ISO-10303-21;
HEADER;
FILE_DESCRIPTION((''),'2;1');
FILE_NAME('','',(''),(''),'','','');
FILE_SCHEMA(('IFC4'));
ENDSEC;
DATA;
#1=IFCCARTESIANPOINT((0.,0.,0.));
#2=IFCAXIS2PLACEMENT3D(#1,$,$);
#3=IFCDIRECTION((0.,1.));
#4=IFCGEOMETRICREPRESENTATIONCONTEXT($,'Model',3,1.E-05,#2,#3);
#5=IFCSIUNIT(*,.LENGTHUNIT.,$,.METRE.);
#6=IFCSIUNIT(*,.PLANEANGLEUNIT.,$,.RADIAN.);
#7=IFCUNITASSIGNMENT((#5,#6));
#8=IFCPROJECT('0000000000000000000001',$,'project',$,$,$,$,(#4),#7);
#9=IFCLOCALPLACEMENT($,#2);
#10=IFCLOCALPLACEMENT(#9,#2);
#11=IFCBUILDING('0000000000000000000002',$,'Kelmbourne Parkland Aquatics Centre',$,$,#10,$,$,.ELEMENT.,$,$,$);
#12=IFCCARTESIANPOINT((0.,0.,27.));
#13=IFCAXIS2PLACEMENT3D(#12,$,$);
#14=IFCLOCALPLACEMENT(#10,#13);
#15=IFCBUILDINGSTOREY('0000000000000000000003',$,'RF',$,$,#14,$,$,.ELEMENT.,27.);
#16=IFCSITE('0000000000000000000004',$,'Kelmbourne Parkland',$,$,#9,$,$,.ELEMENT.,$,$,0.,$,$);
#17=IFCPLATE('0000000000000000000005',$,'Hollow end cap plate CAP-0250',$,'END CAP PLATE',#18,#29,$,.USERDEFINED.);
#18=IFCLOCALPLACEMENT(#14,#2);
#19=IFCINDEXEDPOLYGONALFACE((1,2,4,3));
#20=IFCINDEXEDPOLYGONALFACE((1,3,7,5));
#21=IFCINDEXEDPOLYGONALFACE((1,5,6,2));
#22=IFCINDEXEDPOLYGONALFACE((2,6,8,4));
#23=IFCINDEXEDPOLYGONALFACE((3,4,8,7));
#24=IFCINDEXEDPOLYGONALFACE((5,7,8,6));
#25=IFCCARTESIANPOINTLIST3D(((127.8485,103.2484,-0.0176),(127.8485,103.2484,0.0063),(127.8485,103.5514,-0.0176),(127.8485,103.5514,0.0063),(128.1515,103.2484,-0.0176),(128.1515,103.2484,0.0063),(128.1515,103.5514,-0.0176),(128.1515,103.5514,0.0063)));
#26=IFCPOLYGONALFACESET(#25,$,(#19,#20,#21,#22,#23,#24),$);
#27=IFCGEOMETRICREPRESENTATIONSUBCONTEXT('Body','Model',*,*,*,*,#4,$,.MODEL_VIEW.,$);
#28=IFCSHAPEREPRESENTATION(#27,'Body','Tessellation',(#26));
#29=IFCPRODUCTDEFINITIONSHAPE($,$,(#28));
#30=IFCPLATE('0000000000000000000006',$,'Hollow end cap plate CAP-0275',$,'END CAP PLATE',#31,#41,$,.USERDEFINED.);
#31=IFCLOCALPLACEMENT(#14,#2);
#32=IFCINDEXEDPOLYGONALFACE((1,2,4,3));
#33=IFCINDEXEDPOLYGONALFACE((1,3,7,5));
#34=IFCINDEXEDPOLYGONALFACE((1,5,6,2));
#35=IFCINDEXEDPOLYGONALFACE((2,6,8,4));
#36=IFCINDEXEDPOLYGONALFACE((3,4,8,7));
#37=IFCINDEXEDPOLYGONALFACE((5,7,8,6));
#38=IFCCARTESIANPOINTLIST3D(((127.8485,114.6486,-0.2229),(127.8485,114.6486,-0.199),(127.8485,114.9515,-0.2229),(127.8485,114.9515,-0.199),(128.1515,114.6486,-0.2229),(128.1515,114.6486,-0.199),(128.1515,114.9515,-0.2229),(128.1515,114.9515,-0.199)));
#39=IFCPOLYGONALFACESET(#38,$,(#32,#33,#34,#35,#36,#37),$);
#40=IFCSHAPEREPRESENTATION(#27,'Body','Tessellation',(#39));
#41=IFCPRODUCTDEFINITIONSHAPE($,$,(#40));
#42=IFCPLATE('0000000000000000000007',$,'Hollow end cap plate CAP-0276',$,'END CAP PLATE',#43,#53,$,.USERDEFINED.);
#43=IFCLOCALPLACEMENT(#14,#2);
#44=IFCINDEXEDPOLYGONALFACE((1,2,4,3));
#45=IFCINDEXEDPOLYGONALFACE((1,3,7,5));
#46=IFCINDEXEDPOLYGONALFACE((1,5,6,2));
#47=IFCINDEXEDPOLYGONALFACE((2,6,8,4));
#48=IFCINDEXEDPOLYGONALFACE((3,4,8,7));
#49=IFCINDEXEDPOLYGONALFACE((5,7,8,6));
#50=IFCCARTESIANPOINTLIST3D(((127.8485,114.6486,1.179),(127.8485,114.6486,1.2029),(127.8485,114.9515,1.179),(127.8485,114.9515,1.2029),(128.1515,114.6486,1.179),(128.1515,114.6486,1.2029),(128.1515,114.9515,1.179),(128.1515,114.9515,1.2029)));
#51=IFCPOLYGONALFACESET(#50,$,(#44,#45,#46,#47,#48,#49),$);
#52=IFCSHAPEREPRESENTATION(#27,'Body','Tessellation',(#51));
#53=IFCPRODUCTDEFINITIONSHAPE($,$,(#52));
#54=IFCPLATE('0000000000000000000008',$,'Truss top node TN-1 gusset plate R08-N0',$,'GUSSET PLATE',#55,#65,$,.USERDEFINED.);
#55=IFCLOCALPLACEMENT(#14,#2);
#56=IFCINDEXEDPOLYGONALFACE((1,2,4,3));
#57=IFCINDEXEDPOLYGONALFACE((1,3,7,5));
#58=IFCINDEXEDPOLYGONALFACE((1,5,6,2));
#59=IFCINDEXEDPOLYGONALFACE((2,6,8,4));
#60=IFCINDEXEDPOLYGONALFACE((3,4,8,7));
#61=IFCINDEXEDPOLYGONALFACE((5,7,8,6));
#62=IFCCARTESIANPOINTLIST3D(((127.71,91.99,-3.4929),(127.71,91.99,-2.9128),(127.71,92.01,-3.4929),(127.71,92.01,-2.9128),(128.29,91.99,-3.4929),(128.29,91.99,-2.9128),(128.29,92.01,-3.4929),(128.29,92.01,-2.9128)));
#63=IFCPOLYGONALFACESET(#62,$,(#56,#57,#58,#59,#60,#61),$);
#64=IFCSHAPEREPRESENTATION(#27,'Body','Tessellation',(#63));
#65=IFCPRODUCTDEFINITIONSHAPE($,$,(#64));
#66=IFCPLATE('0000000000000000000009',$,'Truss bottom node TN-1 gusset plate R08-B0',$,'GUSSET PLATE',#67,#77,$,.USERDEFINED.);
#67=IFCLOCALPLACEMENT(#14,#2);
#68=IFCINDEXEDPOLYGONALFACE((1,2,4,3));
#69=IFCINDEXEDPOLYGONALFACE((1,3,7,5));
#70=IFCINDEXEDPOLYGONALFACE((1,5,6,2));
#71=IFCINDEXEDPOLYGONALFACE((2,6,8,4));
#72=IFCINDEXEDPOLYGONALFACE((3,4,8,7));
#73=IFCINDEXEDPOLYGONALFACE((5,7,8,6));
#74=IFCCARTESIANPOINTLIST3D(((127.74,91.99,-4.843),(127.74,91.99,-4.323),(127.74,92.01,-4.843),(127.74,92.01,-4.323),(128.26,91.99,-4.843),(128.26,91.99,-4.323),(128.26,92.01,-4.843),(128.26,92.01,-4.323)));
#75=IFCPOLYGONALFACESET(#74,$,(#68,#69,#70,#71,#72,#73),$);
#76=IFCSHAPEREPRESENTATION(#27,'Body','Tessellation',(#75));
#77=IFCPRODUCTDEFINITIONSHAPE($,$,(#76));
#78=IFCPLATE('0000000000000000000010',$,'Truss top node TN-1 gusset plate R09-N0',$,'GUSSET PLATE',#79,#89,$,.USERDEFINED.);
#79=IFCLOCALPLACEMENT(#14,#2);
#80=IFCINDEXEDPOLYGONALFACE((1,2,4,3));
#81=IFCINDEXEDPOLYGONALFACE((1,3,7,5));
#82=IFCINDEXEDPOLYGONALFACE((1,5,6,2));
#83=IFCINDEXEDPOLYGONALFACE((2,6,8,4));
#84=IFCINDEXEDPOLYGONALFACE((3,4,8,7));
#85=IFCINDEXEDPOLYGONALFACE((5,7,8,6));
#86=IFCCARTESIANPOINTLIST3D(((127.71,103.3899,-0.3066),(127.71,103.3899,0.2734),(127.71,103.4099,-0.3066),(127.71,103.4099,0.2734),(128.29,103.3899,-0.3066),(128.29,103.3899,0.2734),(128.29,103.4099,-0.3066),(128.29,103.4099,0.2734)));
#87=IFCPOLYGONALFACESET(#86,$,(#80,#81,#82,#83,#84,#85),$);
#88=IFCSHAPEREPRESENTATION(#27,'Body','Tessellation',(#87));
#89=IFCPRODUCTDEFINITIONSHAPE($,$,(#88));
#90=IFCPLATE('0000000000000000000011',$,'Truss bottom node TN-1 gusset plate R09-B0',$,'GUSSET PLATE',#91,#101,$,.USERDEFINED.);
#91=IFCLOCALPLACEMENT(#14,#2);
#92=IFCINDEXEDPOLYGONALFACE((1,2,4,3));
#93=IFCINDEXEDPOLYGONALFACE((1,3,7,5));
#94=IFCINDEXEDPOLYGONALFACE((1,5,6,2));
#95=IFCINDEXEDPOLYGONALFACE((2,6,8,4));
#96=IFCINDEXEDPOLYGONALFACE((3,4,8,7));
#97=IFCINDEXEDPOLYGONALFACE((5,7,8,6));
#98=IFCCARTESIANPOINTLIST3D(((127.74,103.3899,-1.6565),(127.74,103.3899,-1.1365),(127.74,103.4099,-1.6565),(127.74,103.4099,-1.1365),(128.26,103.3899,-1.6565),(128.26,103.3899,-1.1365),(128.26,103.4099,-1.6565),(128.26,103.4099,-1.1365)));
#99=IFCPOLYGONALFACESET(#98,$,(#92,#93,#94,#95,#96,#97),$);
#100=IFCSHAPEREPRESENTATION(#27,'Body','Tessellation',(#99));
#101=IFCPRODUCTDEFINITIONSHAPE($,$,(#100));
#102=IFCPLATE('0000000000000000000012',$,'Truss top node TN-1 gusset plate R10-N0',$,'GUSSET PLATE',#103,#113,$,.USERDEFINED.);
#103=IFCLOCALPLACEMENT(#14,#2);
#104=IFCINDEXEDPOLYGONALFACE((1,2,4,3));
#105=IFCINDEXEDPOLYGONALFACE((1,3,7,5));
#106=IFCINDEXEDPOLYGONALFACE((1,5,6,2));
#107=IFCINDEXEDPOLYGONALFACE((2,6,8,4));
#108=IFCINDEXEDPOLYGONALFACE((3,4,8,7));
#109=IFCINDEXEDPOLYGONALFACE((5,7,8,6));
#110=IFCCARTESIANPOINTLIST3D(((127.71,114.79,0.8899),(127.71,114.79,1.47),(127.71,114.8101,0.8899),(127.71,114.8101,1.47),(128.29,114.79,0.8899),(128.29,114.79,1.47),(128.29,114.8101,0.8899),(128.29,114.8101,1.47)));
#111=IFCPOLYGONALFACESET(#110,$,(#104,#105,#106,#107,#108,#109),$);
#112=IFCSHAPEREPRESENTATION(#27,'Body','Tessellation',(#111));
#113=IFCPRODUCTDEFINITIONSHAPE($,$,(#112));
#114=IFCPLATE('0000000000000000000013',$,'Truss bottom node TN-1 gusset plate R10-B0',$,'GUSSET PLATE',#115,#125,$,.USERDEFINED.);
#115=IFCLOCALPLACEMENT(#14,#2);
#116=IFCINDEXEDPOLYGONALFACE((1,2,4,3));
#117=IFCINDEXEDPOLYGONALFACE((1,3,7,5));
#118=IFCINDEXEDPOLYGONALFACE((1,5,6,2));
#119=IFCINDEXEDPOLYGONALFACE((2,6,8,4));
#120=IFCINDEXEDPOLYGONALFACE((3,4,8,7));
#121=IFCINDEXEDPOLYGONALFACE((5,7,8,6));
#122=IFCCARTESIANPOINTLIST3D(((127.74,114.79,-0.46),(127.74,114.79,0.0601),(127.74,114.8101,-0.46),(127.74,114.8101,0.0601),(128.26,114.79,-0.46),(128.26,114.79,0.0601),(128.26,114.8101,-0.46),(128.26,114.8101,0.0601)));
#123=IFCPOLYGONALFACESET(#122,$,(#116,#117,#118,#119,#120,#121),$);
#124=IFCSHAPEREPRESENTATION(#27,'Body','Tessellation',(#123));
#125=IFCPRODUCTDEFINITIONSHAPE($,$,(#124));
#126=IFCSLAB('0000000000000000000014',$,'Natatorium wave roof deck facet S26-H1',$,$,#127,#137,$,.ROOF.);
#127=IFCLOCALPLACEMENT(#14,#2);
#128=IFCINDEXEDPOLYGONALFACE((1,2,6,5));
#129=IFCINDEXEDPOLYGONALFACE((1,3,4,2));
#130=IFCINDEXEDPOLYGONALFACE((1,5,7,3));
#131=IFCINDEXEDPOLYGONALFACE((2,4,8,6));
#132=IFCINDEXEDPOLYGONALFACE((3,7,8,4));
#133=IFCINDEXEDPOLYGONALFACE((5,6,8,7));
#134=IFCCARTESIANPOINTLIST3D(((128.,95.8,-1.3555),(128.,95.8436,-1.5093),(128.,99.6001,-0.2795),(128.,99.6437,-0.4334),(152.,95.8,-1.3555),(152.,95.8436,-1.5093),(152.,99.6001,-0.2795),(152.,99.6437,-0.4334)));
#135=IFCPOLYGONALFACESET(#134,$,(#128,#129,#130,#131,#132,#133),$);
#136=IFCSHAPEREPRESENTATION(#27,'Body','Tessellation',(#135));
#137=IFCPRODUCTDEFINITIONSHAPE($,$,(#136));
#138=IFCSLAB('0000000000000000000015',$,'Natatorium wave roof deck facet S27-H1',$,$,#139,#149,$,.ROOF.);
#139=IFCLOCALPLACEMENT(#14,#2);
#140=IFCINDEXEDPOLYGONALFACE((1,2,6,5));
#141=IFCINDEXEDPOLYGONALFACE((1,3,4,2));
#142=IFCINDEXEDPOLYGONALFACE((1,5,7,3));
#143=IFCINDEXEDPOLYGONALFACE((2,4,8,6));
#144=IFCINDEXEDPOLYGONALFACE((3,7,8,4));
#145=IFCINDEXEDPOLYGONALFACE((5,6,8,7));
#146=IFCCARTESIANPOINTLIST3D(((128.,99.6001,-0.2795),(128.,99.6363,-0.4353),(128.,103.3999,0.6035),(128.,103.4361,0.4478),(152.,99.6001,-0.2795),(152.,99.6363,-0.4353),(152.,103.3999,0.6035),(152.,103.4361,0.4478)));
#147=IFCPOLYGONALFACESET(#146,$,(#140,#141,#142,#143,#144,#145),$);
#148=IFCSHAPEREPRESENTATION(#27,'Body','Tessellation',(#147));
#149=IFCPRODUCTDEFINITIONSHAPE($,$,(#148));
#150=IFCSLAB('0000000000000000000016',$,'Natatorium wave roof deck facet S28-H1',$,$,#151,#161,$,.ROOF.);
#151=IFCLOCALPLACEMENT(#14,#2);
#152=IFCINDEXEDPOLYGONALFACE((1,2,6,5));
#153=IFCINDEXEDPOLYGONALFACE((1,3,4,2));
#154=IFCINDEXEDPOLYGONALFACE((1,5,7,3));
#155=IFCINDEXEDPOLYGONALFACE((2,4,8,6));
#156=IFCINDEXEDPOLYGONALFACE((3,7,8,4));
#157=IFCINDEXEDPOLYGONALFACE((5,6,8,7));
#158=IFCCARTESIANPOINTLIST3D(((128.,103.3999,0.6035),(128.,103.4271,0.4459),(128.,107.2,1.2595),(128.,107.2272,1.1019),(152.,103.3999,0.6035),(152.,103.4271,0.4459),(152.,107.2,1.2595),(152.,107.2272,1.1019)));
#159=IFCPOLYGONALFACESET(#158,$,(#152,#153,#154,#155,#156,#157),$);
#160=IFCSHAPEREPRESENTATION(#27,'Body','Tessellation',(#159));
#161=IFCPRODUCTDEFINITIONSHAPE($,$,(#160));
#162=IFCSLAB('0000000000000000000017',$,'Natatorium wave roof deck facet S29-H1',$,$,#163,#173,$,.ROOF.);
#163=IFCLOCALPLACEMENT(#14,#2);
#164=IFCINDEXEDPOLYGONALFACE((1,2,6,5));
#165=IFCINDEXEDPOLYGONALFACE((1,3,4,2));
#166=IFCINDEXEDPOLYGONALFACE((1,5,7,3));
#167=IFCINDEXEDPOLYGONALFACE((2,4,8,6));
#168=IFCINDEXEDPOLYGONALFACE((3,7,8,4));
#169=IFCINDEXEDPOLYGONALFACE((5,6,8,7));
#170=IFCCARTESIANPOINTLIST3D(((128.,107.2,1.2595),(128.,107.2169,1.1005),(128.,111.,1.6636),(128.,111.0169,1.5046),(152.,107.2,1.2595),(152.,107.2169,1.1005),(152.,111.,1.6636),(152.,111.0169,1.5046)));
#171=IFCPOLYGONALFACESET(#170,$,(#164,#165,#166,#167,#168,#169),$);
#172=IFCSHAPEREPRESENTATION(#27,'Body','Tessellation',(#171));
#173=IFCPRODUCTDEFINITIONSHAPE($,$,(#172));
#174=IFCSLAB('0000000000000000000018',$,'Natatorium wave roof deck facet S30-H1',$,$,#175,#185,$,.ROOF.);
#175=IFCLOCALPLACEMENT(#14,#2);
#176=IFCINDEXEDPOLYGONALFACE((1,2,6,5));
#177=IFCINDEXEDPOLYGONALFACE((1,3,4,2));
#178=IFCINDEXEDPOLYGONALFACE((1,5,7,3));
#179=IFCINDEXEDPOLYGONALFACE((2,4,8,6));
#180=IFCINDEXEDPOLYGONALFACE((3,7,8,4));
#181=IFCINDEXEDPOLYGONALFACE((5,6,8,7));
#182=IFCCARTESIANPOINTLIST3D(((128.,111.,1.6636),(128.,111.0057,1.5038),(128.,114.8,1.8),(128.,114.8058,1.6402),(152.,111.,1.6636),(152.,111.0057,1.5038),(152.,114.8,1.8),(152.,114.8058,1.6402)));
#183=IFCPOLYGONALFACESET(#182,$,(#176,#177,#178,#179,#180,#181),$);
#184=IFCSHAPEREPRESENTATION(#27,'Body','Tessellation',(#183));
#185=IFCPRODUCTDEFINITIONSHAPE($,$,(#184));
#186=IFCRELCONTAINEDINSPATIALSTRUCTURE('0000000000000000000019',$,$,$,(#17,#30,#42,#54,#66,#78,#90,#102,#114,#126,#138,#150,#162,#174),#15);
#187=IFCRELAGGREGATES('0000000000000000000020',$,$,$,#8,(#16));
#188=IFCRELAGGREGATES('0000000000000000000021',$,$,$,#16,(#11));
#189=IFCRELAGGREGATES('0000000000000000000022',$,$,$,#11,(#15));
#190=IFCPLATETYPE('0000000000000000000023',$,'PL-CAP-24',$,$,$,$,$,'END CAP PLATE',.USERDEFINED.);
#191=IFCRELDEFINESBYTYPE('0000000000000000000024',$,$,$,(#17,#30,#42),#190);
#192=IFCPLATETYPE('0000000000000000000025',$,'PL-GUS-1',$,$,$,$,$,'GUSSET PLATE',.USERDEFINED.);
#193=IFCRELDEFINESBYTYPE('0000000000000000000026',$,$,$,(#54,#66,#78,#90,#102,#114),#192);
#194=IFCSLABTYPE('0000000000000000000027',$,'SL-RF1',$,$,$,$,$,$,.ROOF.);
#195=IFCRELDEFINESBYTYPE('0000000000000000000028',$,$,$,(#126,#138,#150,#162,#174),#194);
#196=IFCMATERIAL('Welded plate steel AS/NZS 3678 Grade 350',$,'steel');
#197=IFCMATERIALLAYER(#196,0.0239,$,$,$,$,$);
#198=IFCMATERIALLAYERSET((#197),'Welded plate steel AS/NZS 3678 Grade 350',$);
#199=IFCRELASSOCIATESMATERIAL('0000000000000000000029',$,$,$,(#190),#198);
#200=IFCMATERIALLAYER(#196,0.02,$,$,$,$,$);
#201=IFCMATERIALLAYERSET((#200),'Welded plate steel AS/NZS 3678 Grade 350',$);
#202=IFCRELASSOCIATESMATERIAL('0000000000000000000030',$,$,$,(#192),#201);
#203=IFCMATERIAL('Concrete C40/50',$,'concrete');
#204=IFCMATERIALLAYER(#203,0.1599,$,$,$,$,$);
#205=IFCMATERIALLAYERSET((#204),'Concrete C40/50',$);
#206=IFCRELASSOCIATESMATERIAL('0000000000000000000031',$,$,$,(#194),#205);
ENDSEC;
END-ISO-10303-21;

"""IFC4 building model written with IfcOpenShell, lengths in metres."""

from ifc_helpers import new_model, si_unit, direction, frame, origin, origin_2d, place, context, subcontext, project, spatial, polyline, rectangle, outline, extrude, material, layer, layer_set, type_object, element, save


model = new_model("IFC4")

# Units and contexts
model_context = context("Model", 3, precision=1e-05, world=origin(), true_north=direction((0.0, 1.0)))
body_context = subcontext(model_context, "Body", "Model", "MODEL_VIEW")
ifc_project = project(units=[si_unit("LENGTHUNIT", "METRE"), si_unit("PLANEANGLEUNIT", "RADIAN")], contexts=[model_context])

# Site, building, storey
site_placement = place(None, origin())
site = spatial("IfcSite", under=ifc_project, at=site_placement, Name="Kelmbourne Parkland", CompositionType="ELEMENT", RefElevation=0.0)
building_placement = place(site_placement, origin())
building = spatial("IfcBuilding", under=site, at=building_placement, Name="Kelmbourne Parkland Aquatics Centre", CompositionType="ELEMENT")
storey_placement = place(building_placement, frame((0.0, 0.0, 27.0)))
storey = spatial("IfcBuildingStorey", under=building, at=storey_placement, Name="RF", CompositionType="ELEMENT", Elevation=27.0)

# Shared definitions
ifc_material_1 = material(Name="Welded plate steel AS/NZS 3678 Grade 350", Category="steel")

# Plates
ifc_layer_1 = layer(ifc_material_1, 0.0239)
ifc_layer_set_1 = layer_set([ifc_layer_1], Name="Welded plate steel AS/NZS 3678 Grade 350")
plate_type_1 = type_object("IfcPlateType", Name="PL-CAP-24", ElementType="END CAP PLATE", PredefinedType="USERDEFINED", material=ifc_layer_set_1)
for number, where, z_axis, x_axis, name in (
    (1, (128.0, 103.3999, -0.0176), (0.0, 0.0, 1.0), (1.0, 0.0, 0.0), "Hollow end cap plate CAP-0250"),
    (2, (128.0, 114.8, -0.2229), (0.0, 0.0, 1.0), (1.0, 0.0, 0.0), "Hollow end cap plate CAP-0275"),
    (3, (128.0, 114.8, 1.179), (0.0, 0.0, 1.0), (1.0, 0.0, 0.0), "Hollow end cap plate CAP-0276"),
):
    element("IfcPlate", number, at=place(storey_placement, frame(where, z_axis=z_axis, x_axis=x_axis)), inside=storey, type_object=plate_type_1, Name=name, ObjectType="END CAP PLATE", PredefinedType="USERDEFINED", context=body_context, shape_type="SweptSolid", body=[
        extrude(rectangle(XDim=0.303, YDim=0.303, at=origin_2d()), origin(), (0.0, 0.0, 1.0), 0.0239),
    ])
ifc_layer_2 = layer(ifc_material_1, 0.02)
ifc_layer_set_2 = layer_set([ifc_layer_2], Name="Welded plate steel AS/NZS 3678 Grade 350")
plate_type_2 = type_object("IfcPlateType", Name="PL-GUS-1", ElementType="GUSSET PLATE", PredefinedType="USERDEFINED", material=ifc_layer_set_2)
plate_1_placement = place(storey_placement, frame((128.0, 92.0, -3.4929), z_axis=(0.0, 0.0, 1.0), x_axis=(1.0, 0.0, 0.0)))
element("IfcPlate", 4, at=plate_1_placement, inside=storey, type_object=plate_type_2, Name="Truss top node TN-1 gusset plate R08-N0", ObjectType="GUSSET PLATE", PredefinedType="USERDEFINED", context=body_context, shape_type="SweptSolid", body=[
    extrude(rectangle(XDim=0.5801, YDim=0.02, at=origin_2d()), origin(), (0.0, 0.0, 1.0), 0.5801),
])
plate_2_placement = place(storey_placement, frame((128.0, 92.0, -4.843), z_axis=(0.0, 0.0, 1.0), x_axis=(1.0, 0.0, 0.0)))
element("IfcPlate", 5, at=plate_2_placement, inside=storey, type_object=plate_type_2, Name="Truss bottom node TN-1 gusset plate R08-B0", ObjectType="GUSSET PLATE", PredefinedType="USERDEFINED", context=body_context, shape_type="SweptSolid", body=[
    extrude(rectangle(XDim=0.52, YDim=0.02, at=origin_2d()), origin(), (0.0, 0.0, 1.0), 0.52),
])
plate_3_placement = place(storey_placement, frame((128.0, 103.3999, -0.3066), z_axis=(0.0, 0.0, 1.0), x_axis=(1.0, 0.0, 0.0)))
element("IfcPlate", 6, at=plate_3_placement, inside=storey, type_object=plate_type_2, Name="Truss top node TN-1 gusset plate R09-N0", ObjectType="GUSSET PLATE", PredefinedType="USERDEFINED", context=body_context, shape_type="SweptSolid", body=[
    extrude(rectangle(XDim=0.5801, YDim=0.02, at=origin_2d()), origin(), (0.0, 0.0, 1.0), 0.5801),
])
plate_4_placement = place(storey_placement, frame((128.0, 103.3999, -1.6565), z_axis=(0.0, 0.0, 1.0), x_axis=(1.0, 0.0, 0.0)))
element("IfcPlate", 7, at=plate_4_placement, inside=storey, type_object=plate_type_2, Name="Truss bottom node TN-1 gusset plate R09-B0", ObjectType="GUSSET PLATE", PredefinedType="USERDEFINED", context=body_context, shape_type="SweptSolid", body=[
    extrude(rectangle(XDim=0.52, YDim=0.02, at=origin_2d()), origin(), (0.0, 0.0, 1.0), 0.52),
])
plate_5_placement = place(storey_placement, frame((128.0, 114.8, 0.8899), z_axis=(0.0, 0.0, 1.0), x_axis=(1.0, 0.0, 0.0)))
element("IfcPlate", 8, at=plate_5_placement, inside=storey, type_object=plate_type_2, Name="Truss top node TN-1 gusset plate R10-N0", ObjectType="GUSSET PLATE", PredefinedType="USERDEFINED", context=body_context, shape_type="SweptSolid", body=[
    extrude(rectangle(XDim=0.5801, YDim=0.02, at=origin_2d()), origin(), (0.0, 0.0, 1.0), 0.5801),
])
plate_6_placement = place(storey_placement, frame((128.0, 114.8, -0.46), z_axis=(0.0, 0.0, 1.0), x_axis=(1.0, 0.0, 0.0)))
element("IfcPlate", 9, at=plate_6_placement, inside=storey, type_object=plate_type_2, Name="Truss bottom node TN-1 gusset plate R10-B0", ObjectType="GUSSET PLATE", PredefinedType="USERDEFINED", context=body_context, shape_type="SweptSolid", body=[
    extrude(rectangle(XDim=0.52, YDim=0.02, at=origin_2d()), origin(), (0.0, 0.0, 1.0), 0.52),
])

# Slabs
ifc_material_2 = material(Name="Concrete C40/50", Category="concrete")
ifc_layer_3 = layer(ifc_material_2, 0.1599)
ifc_layer_set_3 = layer_set([ifc_layer_3], Name="Concrete C40/50")
slab_type = type_object("IfcSlabType", Name="SL-RF1", PredefinedType="ROOF", material=ifc_layer_set_3)
slab_1_placement = place(storey_placement, frame((128.0, 95.8, -1.3555), z_axis=(0.0, -0.272426, 0.962177), x_axis=(1.0, 0.0, 0.0)))
element("IfcSlab", 10, at=slab_1_placement, inside=storey, type_object=slab_type, Name="Natatorium wave roof deck facet S26-H1", PredefinedType="ROOF", context=body_context, shape_type="SweptSolid", body=[
    extrude(outline(polyline([(0.0, 0.0), (24.0, 0.0), (24.0, 3.9494), (0.0, 3.9494), (0.0, 0.0)])), origin(), (0.0, 0.0, -1.0), 0.1599),
])
slab_2_placement = place(storey_placement, frame((128.0, 99.6001, -0.2795), z_axis=(0.0, -0.226363, 0.974043), x_axis=(1.0, 0.0, 0.0)))
element("IfcSlab", 11, at=slab_2_placement, inside=storey, type_object=slab_type, Name="Natatorium wave roof deck facet S27-H1", PredefinedType="ROOF", context=body_context, shape_type="SweptSolid", body=[
    extrude(outline(polyline([(0.0, 0.0), (24.0, 0.0), (24.0, 3.9011), (0.0, 3.9011), (0.0, 0.0)])), origin(), (0.0, 0.0, -1.0), 0.1599),
])
slab_3_placement = place(storey_placement, frame((128.0, 103.3999, 0.6035), z_axis=(0.0, -0.170115, 0.985424), x_axis=(1.0, 0.0, 0.0)))
element("IfcSlab", 12, at=slab_3_placement, inside=storey, type_object=slab_type, Name="Natatorium wave roof deck facet S28-H1", PredefinedType="ROOF", context=body_context, shape_type="SweptSolid", body=[
    extrude(outline(polyline([(0.0, 0.0), (24.0, 0.0), (24.0, 3.8563), (0.0, 3.8563), (0.0, 0.0)])), origin(), (0.0, 0.0, -1.0), 0.1599),
])
slab_4_placement = place(storey_placement, frame((128.0, 107.2, 1.2595), z_axis=(0.0, -0.105732, 0.994395), x_axis=(1.0, 0.0, 0.0)))
element("IfcSlab", 13, at=slab_4_placement, inside=storey, type_object=slab_type, Name="Natatorium wave roof deck facet S29-H1", PredefinedType="ROOF", context=body_context, shape_type="SweptSolid", body=[
    extrude(outline(polyline([(0.0, 0.0), (24.0, 0.0), (24.0, 3.8215), (0.0, 3.8215), (0.0, 0.0)])), origin(), (0.0, 0.0, -1.0), 0.1599),
])
slab_5_placement = place(storey_placement, frame((128.0, 111.0, 1.6636), z_axis=(0.0, -0.035891, 0.999356), x_axis=(1.0, 0.0, 0.0)))
element("IfcSlab", 14, at=slab_5_placement, inside=storey, type_object=slab_type, Name="Natatorium wave roof deck facet S30-H1", PredefinedType="ROOF", context=body_context, shape_type="SweptSolid", body=[
    extrude(outline(polyline([(0.0, 0.0), (24.0, 0.0), (24.0, 3.8025), (0.0, 3.8025), (0.0, 0.0)])), origin(), (0.0, 0.0, -1.0), 0.1599),
])

save(model, "model.ifc")
